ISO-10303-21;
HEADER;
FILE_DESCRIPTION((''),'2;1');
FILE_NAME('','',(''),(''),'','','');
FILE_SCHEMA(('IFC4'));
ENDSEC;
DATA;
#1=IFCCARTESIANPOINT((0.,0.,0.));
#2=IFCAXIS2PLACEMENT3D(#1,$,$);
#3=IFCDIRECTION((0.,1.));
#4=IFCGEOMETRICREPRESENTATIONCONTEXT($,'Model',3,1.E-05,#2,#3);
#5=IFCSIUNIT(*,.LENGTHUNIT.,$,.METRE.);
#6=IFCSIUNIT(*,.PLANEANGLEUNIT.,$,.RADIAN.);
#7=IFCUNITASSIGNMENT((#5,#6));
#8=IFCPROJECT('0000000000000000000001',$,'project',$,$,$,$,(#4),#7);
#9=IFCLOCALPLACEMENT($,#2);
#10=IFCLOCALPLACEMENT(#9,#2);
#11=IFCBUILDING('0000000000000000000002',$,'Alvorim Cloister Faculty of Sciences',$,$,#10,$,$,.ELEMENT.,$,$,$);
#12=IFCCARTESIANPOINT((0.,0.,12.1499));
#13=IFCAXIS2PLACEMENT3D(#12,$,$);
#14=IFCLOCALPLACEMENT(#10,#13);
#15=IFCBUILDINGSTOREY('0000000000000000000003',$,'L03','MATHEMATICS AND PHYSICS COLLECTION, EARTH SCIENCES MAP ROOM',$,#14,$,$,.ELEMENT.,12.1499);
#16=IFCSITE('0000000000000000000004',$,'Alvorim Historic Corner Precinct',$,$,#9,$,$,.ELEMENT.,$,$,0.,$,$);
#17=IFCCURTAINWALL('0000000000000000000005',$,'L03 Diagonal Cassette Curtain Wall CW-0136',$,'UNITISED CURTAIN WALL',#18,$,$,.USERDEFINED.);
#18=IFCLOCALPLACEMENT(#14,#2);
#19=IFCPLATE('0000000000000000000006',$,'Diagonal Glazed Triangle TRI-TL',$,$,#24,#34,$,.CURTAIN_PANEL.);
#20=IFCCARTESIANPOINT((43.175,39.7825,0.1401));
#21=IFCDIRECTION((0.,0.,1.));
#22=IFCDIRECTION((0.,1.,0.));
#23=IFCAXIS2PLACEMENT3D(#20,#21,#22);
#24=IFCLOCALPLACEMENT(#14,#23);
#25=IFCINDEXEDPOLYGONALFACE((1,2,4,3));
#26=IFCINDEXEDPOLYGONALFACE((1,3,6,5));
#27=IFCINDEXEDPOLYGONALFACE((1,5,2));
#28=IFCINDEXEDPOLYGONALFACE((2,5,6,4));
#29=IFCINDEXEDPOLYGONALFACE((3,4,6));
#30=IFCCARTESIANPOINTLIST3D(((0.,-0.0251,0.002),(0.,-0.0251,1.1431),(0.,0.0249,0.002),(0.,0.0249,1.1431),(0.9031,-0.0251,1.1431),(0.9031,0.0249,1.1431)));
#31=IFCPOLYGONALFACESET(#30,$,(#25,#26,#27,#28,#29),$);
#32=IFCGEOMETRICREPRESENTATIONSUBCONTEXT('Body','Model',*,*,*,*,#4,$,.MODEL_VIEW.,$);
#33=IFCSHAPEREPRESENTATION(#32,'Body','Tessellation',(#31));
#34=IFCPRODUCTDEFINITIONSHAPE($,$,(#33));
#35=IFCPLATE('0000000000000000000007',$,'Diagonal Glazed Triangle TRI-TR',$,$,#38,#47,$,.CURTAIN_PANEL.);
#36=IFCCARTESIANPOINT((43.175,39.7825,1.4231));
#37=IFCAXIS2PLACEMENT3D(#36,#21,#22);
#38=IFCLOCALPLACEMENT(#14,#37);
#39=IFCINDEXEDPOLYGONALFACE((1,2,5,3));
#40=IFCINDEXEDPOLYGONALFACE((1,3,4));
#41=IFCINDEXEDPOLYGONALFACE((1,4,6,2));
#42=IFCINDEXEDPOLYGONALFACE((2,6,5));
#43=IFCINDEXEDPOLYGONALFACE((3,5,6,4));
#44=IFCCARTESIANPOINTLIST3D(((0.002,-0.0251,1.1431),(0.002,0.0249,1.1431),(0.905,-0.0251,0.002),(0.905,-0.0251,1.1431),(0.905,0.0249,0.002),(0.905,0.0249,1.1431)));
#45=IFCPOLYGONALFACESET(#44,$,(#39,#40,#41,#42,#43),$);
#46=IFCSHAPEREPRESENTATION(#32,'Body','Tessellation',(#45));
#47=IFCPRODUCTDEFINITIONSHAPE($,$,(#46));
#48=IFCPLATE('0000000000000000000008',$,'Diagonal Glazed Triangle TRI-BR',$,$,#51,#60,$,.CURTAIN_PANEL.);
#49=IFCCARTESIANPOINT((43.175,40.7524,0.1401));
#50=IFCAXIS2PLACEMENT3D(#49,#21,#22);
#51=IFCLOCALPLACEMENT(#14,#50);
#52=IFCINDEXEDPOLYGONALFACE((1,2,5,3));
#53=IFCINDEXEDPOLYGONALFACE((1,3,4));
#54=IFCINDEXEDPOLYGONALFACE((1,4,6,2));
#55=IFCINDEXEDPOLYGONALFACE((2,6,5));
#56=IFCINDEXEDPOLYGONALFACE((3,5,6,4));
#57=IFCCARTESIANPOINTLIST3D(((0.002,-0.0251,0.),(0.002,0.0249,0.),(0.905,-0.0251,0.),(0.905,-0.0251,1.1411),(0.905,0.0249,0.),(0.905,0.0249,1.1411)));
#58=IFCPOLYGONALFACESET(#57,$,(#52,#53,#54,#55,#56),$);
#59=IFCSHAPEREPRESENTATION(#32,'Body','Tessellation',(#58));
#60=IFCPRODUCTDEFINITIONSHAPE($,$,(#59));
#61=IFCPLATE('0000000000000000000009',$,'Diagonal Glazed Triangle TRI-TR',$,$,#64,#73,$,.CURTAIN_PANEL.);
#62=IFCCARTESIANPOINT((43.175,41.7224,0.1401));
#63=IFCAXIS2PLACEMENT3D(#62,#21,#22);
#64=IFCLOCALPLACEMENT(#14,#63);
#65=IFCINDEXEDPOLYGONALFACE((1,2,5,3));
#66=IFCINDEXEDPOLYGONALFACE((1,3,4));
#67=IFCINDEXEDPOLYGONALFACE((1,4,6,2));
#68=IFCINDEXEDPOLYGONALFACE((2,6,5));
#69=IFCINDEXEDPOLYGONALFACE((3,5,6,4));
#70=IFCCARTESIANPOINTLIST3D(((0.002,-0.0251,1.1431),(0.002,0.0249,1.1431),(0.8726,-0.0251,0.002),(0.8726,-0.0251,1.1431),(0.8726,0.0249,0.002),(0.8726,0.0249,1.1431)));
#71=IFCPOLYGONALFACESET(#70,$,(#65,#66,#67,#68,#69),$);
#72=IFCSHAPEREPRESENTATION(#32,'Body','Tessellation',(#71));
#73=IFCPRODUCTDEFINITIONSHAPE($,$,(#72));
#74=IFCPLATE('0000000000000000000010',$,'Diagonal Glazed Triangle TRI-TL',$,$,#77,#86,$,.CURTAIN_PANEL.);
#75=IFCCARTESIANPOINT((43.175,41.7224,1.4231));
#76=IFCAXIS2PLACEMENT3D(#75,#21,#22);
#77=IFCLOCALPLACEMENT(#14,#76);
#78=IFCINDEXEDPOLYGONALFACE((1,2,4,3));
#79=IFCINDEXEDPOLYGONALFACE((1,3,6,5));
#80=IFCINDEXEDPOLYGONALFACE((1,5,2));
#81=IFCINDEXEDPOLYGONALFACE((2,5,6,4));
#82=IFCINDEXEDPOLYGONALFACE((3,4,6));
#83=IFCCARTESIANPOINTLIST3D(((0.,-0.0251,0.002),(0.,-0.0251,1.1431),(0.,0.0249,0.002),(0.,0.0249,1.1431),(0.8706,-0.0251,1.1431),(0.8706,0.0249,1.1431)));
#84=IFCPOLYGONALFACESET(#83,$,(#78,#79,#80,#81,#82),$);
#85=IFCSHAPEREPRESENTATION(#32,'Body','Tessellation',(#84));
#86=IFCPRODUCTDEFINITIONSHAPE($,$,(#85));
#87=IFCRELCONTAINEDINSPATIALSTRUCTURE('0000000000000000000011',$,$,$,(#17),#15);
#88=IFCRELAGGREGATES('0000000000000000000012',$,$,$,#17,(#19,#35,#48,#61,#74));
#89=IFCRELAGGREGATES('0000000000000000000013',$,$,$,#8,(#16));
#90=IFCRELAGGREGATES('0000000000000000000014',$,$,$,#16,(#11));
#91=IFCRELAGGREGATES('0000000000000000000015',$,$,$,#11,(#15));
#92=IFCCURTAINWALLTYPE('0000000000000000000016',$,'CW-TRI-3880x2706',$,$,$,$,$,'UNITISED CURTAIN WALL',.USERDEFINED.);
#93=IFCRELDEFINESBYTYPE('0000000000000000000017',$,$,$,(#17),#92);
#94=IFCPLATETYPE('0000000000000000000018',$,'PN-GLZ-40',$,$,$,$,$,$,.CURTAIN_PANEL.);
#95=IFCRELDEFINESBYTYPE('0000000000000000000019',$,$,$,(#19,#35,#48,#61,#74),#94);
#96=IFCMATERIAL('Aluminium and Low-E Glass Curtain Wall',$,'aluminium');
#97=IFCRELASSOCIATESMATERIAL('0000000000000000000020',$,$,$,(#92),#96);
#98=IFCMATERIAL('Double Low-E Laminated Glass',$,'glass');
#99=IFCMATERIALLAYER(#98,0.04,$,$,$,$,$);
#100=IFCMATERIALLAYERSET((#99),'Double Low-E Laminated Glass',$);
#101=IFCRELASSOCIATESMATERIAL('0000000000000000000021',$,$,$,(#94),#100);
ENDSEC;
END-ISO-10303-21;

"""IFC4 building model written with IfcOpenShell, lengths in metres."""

from ifc_helpers import new_model, si_unit, direction, frame, origin, place, context, subcontext, project, spatial, polyline, outline, extrude, material, layer, layer_set, type_object, element, aggregate, save


model = new_model("IFC4")

# Units and contexts
model_context = context("Model", 3, precision=1e-05, world=origin(), true_north=direction((0.0, 1.0)))
body_context = subcontext(model_context, "Body", "Model", "MODEL_VIEW")
ifc_project = project(units=[si_unit("LENGTHUNIT", "METRE"), si_unit("PLANEANGLEUNIT", "RADIAN")], contexts=[model_context])

# Site, building, storey
site_placement = place(None, origin())
site = spatial("IfcSite", under=ifc_project, at=site_placement, Name="Alvorim Historic Corner Precinct", CompositionType="ELEMENT", RefElevation=0.0)
building_placement = place(site_placement, origin())
building = spatial("IfcBuilding", under=site, at=building_placement, Name="Alvorim Cloister Faculty of Sciences", CompositionType="ELEMENT")
storey_placement = place(building_placement, frame((0.0, 0.0, 12.1499)))
storey = spatial("IfcBuildingStorey", under=building, at=storey_placement, Name="L03", Description="MATHEMATICS AND PHYSICS COLLECTION, EARTH SCIENCES MAP ROOM", CompositionType="ELEMENT", Elevation=12.1499)

# Curtain wall, plates
ifc_material_1 = material(Name="Aluminium and Low-E Glass Curtain Wall", Category="aluminium")
curtain_wall_type = type_object("IfcCurtainWallType", Name="CW-TRI-3880x2706", ElementType="UNITISED CURTAIN WALL", PredefinedType="USERDEFINED", material=ifc_material_1)
curtain_wall_placement = place(storey_placement, origin())
curtain_wall = element("IfcCurtainWall", 1, at=curtain_wall_placement, inside=storey, type_object=curtain_wall_type, Name="L03 Diagonal Cassette Curtain Wall CW-0136", ObjectType="UNITISED CURTAIN WALL", PredefinedType="USERDEFINED")
ifc_material_2 = material(Name="Double Low-E Laminated Glass", Category="glass")
ifc_layer = layer(ifc_material_2, 0.04)
ifc_layer_set = layer_set([ifc_layer], Name="Double Low-E Laminated Glass")
plate_type = type_object("IfcPlateType", Name="PN-GLZ-40", PredefinedType="CURTAIN_PANEL", material=ifc_layer_set)
plate_1_placement = place(storey_placement, frame((43.175, 39.7825, 0.1401), z_axis=(0.0, 0.0, 1.0), x_axis=(0.0, 1.0, 0.0)))
plate_1 = element("IfcPlate", 2, at=plate_1_placement, type_object=plate_type, Name="Diagonal Glazed Triangle TRI-TL", PredefinedType="CURTAIN_PANEL", context=body_context, shape_type="SweptSolid", body=[
    extrude(outline(polyline([(0.9031, 1.1431), (0.0, 1.1431), (0.0, 0.002), (0.9031, 1.1431)])), frame((0.0, 0.0249, 0.0), z_axis=(0.0, -1.0, 0.0), x_axis=(1.0, 0.0, 0.0)), (0.0, 0.0, 1.0), 0.05),
])
plate_2_placement = place(storey_placement, frame((43.175, 39.7825, 1.4231), z_axis=(0.0, 0.0, 1.0), x_axis=(0.0, 1.0, 0.0)))
plate_2 = element("IfcPlate", 3, at=plate_2_placement, type_object=plate_type, Name="Diagonal Glazed Triangle TRI-TR", PredefinedType="CURTAIN_PANEL", context=body_context, shape_type="SweptSolid", body=[
    extrude(outline(polyline([(0.905, 0.002), (0.905, 1.1431), (0.002, 1.1431), (0.905, 0.002)])), frame((0.0, 0.0249, 0.0), z_axis=(0.0, -1.0, 0.0), x_axis=(1.0, 0.0, 0.0)), (0.0, 0.0, 1.0), 0.05),
])
plate_3_placement = place(storey_placement, frame((43.175, 40.7524, 0.1401), z_axis=(0.0, 0.0, 1.0), x_axis=(0.0, 1.0, 0.0)))
plate_3 = element("IfcPlate", 4, at=plate_3_placement, type_object=plate_type, Name="Diagonal Glazed Triangle TRI-BR", PredefinedType="CURTAIN_PANEL", context=body_context, shape_type="SweptSolid", body=[
    extrude(outline(polyline([(0.002, 0.0), (0.905, 0.0), (0.905, 1.1411), (0.002, 0.0)])), frame((0.0, 0.0249, 0.0), z_axis=(0.0, -1.0, 0.0), x_axis=(1.0, 0.0, 0.0)), (0.0, 0.0, 1.0), 0.05),
])
plate_4_placement = place(storey_placement, frame((43.175, 41.7224, 0.1401), z_axis=(0.0, 0.0, 1.0), x_axis=(0.0, 1.0, 0.0)))
plate_4 = element("IfcPlate", 5, at=plate_4_placement, type_object=plate_type, Name="Diagonal Glazed Triangle TRI-TR", PredefinedType="CURTAIN_PANEL", context=body_context, shape_type="SweptSolid", body=[
    extrude(outline(polyline([(0.8726, 0.002), (0.8726, 1.1431), (0.002, 1.1431), (0.8726, 0.002)])), frame((0.0, 0.0249, 0.0), z_axis=(0.0, -1.0, 0.0), x_axis=(1.0, 0.0, 0.0)), (0.0, 0.0, 1.0), 0.05),
])
plate_5_placement = place(storey_placement, frame((43.175, 41.7224, 1.4231), z_axis=(0.0, 0.0, 1.0), x_axis=(0.0, 1.0, 0.0)))
plate_5 = element("IfcPlate", 6, at=plate_5_placement, type_object=plate_type, Name="Diagonal Glazed Triangle TRI-TL", PredefinedType="CURTAIN_PANEL", context=body_context, shape_type="SweptSolid", body=[
    extrude(outline(polyline([(0.8706, 1.1431), (0.0, 1.1431), (0.0, 0.002), (0.8706, 1.1431)])), frame((0.0, 0.0249, 0.0), z_axis=(0.0, -1.0, 0.0), x_axis=(1.0, 0.0, 0.0)), (0.0, 0.0, 1.0), 0.05),
])
aggregate(curtain_wall, [plate_1, plate_2, plate_3, plate_4, plate_5])

save(model, "model.ifc")
